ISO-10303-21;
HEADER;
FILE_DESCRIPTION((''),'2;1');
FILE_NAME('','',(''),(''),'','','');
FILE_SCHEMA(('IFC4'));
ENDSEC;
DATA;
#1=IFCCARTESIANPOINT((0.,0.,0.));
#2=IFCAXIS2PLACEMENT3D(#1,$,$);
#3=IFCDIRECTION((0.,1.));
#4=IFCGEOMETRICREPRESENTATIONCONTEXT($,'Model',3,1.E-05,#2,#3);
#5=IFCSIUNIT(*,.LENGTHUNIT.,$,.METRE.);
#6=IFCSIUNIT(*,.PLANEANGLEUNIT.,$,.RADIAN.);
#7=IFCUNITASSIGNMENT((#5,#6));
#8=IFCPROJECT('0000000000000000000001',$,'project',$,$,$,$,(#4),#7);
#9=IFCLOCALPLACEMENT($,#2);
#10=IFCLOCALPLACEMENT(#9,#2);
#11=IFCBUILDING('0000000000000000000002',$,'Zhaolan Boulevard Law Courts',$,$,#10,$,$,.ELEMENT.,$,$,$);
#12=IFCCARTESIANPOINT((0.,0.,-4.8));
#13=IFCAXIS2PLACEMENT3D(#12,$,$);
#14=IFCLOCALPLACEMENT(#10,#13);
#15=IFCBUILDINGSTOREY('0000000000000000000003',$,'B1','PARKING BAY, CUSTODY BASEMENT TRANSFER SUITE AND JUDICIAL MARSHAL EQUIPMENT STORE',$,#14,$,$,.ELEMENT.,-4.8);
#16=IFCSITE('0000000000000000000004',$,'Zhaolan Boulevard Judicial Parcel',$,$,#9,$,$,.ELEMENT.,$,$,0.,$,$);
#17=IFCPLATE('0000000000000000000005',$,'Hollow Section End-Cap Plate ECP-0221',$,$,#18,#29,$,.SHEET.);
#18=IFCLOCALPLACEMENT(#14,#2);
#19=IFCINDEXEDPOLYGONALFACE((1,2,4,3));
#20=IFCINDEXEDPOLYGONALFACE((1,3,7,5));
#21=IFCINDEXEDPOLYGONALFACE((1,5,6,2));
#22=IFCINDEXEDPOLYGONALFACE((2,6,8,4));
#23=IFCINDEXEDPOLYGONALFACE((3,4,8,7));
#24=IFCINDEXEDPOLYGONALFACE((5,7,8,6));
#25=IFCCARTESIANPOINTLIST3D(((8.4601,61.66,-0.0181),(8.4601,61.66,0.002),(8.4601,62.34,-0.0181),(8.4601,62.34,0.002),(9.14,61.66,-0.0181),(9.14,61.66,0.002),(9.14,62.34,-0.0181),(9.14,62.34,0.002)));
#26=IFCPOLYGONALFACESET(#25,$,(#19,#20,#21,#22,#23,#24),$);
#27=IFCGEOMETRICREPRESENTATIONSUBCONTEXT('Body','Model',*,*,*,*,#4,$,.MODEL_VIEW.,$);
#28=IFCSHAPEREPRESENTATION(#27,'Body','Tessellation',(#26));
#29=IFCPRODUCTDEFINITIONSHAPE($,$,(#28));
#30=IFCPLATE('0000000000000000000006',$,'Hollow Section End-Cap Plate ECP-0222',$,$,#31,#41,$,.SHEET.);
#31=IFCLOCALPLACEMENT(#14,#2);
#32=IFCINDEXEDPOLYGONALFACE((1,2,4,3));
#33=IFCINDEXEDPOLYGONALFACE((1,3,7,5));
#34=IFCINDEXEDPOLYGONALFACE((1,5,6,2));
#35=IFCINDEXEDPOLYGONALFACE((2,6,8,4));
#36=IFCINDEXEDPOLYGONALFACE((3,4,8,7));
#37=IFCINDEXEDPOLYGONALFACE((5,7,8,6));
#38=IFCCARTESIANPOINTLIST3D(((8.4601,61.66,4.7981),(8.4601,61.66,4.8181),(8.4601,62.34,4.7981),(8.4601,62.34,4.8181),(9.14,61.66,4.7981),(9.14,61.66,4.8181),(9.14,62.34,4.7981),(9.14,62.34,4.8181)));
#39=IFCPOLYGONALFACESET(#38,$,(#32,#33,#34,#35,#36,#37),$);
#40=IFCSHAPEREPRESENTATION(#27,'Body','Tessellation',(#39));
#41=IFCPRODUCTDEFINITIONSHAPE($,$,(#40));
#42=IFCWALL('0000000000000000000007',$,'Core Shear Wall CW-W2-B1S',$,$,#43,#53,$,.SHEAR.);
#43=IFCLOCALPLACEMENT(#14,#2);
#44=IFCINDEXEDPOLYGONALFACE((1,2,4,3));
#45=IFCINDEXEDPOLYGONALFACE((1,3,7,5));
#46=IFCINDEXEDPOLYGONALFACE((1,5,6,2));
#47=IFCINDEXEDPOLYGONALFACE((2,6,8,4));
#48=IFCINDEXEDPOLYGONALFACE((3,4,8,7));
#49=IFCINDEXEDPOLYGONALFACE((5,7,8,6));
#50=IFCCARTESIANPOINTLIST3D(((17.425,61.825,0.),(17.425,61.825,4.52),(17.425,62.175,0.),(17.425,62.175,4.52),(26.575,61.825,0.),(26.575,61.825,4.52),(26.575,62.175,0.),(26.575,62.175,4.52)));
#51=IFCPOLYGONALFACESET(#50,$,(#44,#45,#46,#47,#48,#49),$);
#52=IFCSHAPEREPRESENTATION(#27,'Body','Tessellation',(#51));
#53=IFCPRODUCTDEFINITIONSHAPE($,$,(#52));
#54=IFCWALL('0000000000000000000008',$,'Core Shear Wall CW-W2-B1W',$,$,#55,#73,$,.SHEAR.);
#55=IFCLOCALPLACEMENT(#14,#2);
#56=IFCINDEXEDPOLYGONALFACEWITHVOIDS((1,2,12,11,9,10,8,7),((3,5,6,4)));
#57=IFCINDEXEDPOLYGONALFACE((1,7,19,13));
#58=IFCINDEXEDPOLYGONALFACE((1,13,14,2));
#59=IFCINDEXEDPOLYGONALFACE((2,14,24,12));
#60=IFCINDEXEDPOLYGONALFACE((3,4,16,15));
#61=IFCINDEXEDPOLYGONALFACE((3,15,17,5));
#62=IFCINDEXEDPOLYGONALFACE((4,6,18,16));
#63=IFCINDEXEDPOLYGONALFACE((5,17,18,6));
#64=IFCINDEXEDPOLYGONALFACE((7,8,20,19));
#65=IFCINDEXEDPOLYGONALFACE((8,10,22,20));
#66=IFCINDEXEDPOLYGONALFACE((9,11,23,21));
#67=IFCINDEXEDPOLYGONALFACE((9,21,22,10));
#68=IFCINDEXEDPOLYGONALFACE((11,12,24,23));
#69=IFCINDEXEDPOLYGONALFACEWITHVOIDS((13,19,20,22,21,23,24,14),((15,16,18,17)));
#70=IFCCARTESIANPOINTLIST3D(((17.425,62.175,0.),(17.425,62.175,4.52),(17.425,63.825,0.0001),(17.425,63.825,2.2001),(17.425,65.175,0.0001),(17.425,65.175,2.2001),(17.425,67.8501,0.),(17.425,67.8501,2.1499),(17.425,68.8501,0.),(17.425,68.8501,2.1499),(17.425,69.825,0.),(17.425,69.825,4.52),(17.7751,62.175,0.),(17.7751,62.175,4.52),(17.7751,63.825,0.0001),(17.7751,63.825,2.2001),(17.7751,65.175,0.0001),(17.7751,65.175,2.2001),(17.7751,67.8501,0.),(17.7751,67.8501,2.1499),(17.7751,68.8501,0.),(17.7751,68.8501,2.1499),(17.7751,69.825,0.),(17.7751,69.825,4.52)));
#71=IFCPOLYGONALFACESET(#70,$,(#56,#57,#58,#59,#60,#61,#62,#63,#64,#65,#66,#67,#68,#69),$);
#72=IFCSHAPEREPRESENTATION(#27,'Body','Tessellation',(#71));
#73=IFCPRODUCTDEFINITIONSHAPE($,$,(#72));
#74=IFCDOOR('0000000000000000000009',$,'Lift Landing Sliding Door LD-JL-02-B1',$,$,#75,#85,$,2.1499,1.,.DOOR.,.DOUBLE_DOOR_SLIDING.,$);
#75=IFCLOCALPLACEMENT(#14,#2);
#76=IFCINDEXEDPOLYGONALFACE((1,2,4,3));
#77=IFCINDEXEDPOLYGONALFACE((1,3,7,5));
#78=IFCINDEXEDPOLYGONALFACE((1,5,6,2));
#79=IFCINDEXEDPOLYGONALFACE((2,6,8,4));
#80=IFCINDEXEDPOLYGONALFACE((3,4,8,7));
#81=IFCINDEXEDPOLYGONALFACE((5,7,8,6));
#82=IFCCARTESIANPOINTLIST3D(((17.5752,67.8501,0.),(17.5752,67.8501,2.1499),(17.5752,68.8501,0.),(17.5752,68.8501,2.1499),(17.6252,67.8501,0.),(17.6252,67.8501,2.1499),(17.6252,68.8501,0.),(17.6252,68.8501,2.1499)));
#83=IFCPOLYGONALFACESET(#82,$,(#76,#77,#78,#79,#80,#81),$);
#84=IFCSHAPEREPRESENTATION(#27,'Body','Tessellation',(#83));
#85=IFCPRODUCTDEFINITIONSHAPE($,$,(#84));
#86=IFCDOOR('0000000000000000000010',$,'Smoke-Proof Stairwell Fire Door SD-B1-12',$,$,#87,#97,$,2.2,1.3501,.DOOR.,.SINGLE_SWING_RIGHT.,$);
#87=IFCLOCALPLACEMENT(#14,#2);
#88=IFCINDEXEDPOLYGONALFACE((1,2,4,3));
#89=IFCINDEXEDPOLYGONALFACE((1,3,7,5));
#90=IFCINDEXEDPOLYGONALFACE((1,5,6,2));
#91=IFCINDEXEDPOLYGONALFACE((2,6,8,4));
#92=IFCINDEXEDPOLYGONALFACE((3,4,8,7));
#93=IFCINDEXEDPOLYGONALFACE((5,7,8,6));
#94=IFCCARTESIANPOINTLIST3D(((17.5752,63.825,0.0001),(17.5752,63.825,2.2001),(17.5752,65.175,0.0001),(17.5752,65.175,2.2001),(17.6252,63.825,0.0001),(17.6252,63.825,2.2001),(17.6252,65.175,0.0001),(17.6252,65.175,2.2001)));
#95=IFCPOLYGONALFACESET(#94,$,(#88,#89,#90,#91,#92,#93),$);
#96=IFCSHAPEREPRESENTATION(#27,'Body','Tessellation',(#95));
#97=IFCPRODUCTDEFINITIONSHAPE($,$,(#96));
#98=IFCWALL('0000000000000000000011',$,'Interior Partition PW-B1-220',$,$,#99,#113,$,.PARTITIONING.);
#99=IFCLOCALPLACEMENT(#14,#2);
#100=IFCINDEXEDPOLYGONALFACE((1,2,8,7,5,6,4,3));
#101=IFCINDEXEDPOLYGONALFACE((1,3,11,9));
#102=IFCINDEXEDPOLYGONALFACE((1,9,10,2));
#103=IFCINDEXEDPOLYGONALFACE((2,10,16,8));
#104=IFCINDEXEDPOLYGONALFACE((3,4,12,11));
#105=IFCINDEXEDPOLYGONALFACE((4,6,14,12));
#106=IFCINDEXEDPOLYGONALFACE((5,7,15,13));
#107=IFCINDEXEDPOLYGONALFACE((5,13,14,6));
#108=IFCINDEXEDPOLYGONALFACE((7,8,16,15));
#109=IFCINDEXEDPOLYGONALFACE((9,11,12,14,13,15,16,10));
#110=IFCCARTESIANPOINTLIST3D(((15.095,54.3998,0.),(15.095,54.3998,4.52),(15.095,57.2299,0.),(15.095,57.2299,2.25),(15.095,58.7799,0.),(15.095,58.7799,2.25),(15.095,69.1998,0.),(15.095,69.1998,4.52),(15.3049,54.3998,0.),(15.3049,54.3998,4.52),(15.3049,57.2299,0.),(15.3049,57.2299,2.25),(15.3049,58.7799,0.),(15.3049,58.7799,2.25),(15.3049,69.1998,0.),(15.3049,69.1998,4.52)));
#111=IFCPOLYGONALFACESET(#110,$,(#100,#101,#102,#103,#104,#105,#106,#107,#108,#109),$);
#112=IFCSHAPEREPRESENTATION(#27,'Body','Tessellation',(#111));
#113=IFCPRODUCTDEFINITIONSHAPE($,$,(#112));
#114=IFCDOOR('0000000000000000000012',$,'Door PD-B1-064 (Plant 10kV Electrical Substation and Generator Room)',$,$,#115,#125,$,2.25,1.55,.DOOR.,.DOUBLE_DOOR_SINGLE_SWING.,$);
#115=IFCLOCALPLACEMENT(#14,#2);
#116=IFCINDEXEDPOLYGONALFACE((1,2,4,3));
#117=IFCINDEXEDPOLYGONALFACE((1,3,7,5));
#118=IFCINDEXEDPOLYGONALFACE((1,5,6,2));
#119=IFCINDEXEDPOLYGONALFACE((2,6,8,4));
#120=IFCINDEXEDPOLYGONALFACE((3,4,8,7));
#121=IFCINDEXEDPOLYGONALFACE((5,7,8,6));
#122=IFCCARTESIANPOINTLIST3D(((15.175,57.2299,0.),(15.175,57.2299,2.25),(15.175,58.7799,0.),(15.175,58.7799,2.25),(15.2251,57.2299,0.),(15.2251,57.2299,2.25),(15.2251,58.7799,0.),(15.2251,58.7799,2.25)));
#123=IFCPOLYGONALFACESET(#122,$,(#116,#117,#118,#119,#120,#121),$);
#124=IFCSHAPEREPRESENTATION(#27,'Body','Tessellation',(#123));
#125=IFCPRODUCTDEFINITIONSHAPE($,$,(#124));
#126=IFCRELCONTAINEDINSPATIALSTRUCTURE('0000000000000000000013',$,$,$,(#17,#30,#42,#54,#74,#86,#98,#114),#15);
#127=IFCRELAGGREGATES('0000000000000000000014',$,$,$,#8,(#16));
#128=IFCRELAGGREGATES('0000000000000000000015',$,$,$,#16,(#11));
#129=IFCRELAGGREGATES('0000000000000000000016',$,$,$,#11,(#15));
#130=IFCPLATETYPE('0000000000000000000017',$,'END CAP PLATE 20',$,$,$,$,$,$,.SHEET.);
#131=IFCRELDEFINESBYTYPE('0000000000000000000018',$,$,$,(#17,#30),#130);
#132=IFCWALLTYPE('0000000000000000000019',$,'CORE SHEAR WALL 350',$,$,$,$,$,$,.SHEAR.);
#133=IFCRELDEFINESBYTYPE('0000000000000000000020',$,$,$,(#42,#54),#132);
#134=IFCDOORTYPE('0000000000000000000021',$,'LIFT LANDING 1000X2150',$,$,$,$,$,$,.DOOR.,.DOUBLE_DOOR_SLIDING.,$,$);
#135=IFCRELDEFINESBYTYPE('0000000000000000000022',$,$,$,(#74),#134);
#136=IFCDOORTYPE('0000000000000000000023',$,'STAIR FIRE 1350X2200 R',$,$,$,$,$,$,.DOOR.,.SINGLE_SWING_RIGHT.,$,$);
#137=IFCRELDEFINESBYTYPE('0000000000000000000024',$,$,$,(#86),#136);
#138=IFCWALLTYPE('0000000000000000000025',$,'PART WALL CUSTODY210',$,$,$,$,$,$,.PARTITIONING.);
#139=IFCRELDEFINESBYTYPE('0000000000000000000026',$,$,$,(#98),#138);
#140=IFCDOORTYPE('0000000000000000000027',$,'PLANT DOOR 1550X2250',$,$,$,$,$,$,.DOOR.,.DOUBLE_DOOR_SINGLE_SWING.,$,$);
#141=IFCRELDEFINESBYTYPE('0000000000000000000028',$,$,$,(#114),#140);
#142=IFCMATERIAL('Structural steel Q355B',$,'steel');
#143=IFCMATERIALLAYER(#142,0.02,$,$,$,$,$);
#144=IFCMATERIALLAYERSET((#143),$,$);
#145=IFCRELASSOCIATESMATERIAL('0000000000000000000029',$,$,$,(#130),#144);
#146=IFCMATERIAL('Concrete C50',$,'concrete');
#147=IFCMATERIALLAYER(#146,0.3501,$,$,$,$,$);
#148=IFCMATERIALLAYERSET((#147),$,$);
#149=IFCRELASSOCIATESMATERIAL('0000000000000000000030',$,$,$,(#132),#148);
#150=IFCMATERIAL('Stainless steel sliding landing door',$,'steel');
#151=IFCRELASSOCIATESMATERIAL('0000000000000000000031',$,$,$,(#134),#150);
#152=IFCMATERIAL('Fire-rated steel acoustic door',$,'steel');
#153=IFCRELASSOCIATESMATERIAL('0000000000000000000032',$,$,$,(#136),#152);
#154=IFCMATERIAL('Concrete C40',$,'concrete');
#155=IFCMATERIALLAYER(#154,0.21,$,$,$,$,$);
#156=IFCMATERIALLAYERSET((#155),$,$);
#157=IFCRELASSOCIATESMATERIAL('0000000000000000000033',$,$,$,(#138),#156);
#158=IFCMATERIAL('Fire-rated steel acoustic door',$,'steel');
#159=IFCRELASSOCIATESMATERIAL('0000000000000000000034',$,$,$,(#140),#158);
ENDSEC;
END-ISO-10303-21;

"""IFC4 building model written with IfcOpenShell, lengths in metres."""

from ifc_helpers import new_model, si_unit, direction, frame, frame_2d, origin, origin_2d, place, context, subcontext, project, spatial, rectangle, extrude, material, layer, layer_set, type_object, element, fill, save


model = new_model("IFC4")

# Units and contexts
model_context = context("Model", 3, precision=1e-05, world=origin(), true_north=direction((0.0, 1.0)))
body_context = subcontext(model_context, "Body", "Model", "MODEL_VIEW")
ifc_project = project(units=[si_unit("LENGTHUNIT", "METRE"), si_unit("PLANEANGLEUNIT", "RADIAN")], contexts=[model_context])

# Site, building, storey
site_placement = place(None, origin())
site = spatial("IfcSite", under=ifc_project, at=site_placement, Name="Zhaolan Boulevard Judicial Parcel", CompositionType="ELEMENT", RefElevation=0.0)
building_placement = place(site_placement, origin())
building = spatial("IfcBuilding", under=site, at=building_placement, Name="Zhaolan Boulevard Law Courts", CompositionType="ELEMENT")
storey_placement = place(building_placement, frame((0.0, 0.0, -4.8)))
storey = spatial("IfcBuildingStorey", under=building, at=storey_placement, Name="B1", Description="PARKING BAY, CUSTODY BASEMENT TRANSFER SUITE AND JUDICIAL MARSHAL EQUIPMENT STORE", CompositionType="ELEMENT", Elevation=-4.8)

# Plates
ifc_material_1 = material(Name="Structural steel Q355B", Category="steel")
ifc_layer_1 = layer(ifc_material_1, 0.02)
ifc_layer_set_1 = layer_set([ifc_layer_1])
plate_type = type_object("IfcPlateType", Name="END CAP PLATE 20", PredefinedType="SHEET", material=ifc_layer_set_1)
for number, where, z_axis, x_axis, name in (
    (1, (8.8, 62.0, -0.0181), (0.0, 0.0, 1.0), (1.0, 0.0, 0.0), "Hollow Section End-Cap Plate ECP-0221"),
    (2, (8.8, 62.0, 4.7981), (0.0, 0.0, 1.0), (1.0, 0.0, 0.0), "Hollow Section End-Cap Plate ECP-0222"),
):
    element("IfcPlate", number, at=place(storey_placement, frame(where, z_axis=z_axis, x_axis=x_axis)), inside=storey, type_object=plate_type, Name=name, PredefinedType="SHEET", context=body_context, shape_type="SweptSolid", body=[
        extrude(rectangle(XDim=0.6799, YDim=0.6799, at=origin_2d()), origin(), (0.0, 0.0, 1.0), 0.02),
    ])

# Wall
ifc_material_2 = material(Name="Concrete C50", Category="concrete")
ifc_layer_2 = layer(ifc_material_2, 0.3501)
ifc_layer_set_2 = layer_set([ifc_layer_2])
wall_type_1 = type_object("IfcWallType", Name="CORE SHEAR WALL 350", PredefinedType="SHEAR", material=ifc_layer_set_2)
wall_1_placement = place(storey_placement, frame((17.425, 62.0, 0.0), z_axis=(0.0, 0.0, 1.0), x_axis=(1.0, 0.0, 0.0)))
element("IfcWall", 3, at=wall_1_placement, inside=storey, type_object=wall_type_1, Name="Core Shear Wall CW-W2-B1S", PredefinedType="SHEAR", context=body_context, shape_type="SweptSolid", body=[
    extrude(rectangle(XDim=9.1499, YDim=0.3501, at=frame_2d((4.575, 0.0))), origin(), (0.0, 0.0, 1.0), 4.52),
])

# Wall, openings, doors
wall_2_placement = place(storey_placement, frame((17.6001, 62.175, 0.0), z_axis=(0.0, 0.0, 1.0), x_axis=(0.0, 1.0, 0.0)))
wall_2 = element("IfcWall", 4, at=wall_2_placement, inside=storey, type_object=wall_type_1, Name="Core Shear Wall CW-W2-B1W", PredefinedType="SHEAR", context=body_context, shape_type="SweptSolid", body=[
    extrude(rectangle(XDim=7.6499, YDim=0.3501, at=frame_2d((3.825, 0.0))), origin(), (0.0, 0.0, 1.0), 4.52),
])
opening_1_placement = place(wall_2_placement, frame((1.6499, 0.0, 0.0)))
opening_1 = element("IfcOpeningElement", 5, at=opening_1_placement, cuts=wall_2, PredefinedType="OPENING", context=body_context, shape_type="SweptSolid", body=[
    extrude(rectangle(XDim=1.3501, YDim=2.2, at=frame_2d((0.675, 1.1001))), frame((0.0, 0.1851, 0.0), z_axis=(0.0, -1.0, 0.0), x_axis=(1.0, 0.0, 0.0)), (0.0, 0.0, 1.0), 0.3701),
])
opening_2_placement = place(wall_2_placement, frame((5.675, 0.0, 0.0)))
opening_2 = element("IfcOpeningElement", 6, at=opening_2_placement, cuts=wall_2, PredefinedType="OPENING", context=body_context, shape_type="SweptSolid", body=[
    extrude(rectangle(XDim=1.0, YDim=2.1499, at=frame_2d((0.5, 1.075))), frame((0.0, 0.1851, 0.0), z_axis=(0.0, -1.0, 0.0), x_axis=(1.0, 0.0, 0.0)), (0.0, 0.0, 1.0), 0.3701),
])
ifc_material_3 = material(Name="Stainless steel sliding landing door", Category="steel")
door_type_1 = type_object("IfcDoorType", Name="LIFT LANDING 1000X2150", OperationType="DOUBLE_DOOR_SLIDING", PredefinedType="DOOR", material=ifc_material_3)
door_1_placement = place(opening_2_placement, origin())
door_1 = element("IfcDoor", 7, at=door_1_placement, inside=storey, type_object=door_type_1, Name="Lift Landing Sliding Door LD-JL-02-B1", OperationType="DOUBLE_DOOR_SLIDING", OverallHeight=2.1499, OverallWidth=1.0, PredefinedType="DOOR", context=body_context, shape_type="SweptSolid", body=[
    extrude(rectangle(XDim=1.0, YDim=2.1499, at=frame_2d((0.5, 1.075))), frame((0.0, 0.0249, 0.0), z_axis=(0.0, -1.0, 0.0), x_axis=(1.0, 0.0, 0.0)), (0.0, 0.0, 1.0), 0.05),
])
fill(opening_2, door_1)
ifc_material_4 = material(Name="Fire-rated steel acoustic door", Category="steel")
door_type_2 = type_object("IfcDoorType", Name="STAIR FIRE 1350X2200 R", OperationType="SINGLE_SWING_RIGHT", PredefinedType="DOOR", material=ifc_material_4)
door_2_placement = place(opening_1_placement, origin())
door_2 = element("IfcDoor", 8, at=door_2_placement, inside=storey, type_object=door_type_2, Name="Smoke-Proof Stairwell Fire Door SD-B1-12", OperationType="SINGLE_SWING_RIGHT", OverallHeight=2.2, OverallWidth=1.3501, PredefinedType="DOOR", context=body_context, shape_type="SweptSolid", body=[
    extrude(rectangle(XDim=1.3501, YDim=2.2, at=frame_2d((0.675, 1.1001))), frame((0.0, 0.0249, 0.0), z_axis=(0.0, -1.0, 0.0), x_axis=(1.0, 0.0, 0.0)), (0.0, 0.0, 1.0), 0.05),
])
fill(opening_1, door_2)

# Wall, opening, door
ifc_material_5 = material(Name="Concrete C40", Category="concrete")
ifc_layer_3 = layer(ifc_material_5, 0.21)
ifc_layer_set_3 = layer_set([ifc_layer_3])
wall_type_2 = type_object("IfcWallType", Name="PART WALL CUSTODY210", PredefinedType="PARTITIONING", material=ifc_layer_set_3)
wall_3_placement = place(storey_placement, frame((15.2, 54.3999, 0.0), z_axis=(0.0, 0.0, 1.0), x_axis=(0.0, 1.0, 0.0)))
wall_3 = element("IfcWall", 9, at=wall_3_placement, inside=storey, type_object=wall_type_2, Name="Interior Partition PW-B1-220", PredefinedType="PARTITIONING", context=body_context, shape_type="SweptSolid", body=[
    extrude(rectangle(XDim=14.8, YDim=0.21, at=frame_2d((7.3999, 0.0))), origin(), (0.0, 0.0, 1.0), 4.52),
])
opening_3_placement = place(wall_3_placement, frame((2.8301, 0.0, 0.0)))
opening_3 = element("IfcOpeningElement", 10, at=opening_3_placement, cuts=wall_3, PredefinedType="OPENING", context=body_context, shape_type="SweptSolid", body=[
    extrude(rectangle(XDim=1.55, YDim=2.25, at=frame_2d((0.7749, 1.125))), frame((0.0, 0.115, 0.0), z_axis=(0.0, -1.0, 0.0), x_axis=(1.0, 0.0, 0.0)), (0.0, 0.0, 1.0), 0.23),
])
ifc_material_6 = material(Name="Fire-rated steel acoustic door", Category="steel")
door_type_3 = type_object("IfcDoorType", Name="PLANT DOOR 1550X2250", OperationType="DOUBLE_DOOR_SINGLE_SWING", PredefinedType="DOOR", material=ifc_material_6)
door_3_placement = place(opening_3_placement, origin())
door_3 = element("IfcDoor", 11, at=door_3_placement, inside=storey, type_object=door_type_3, Name="Door PD-B1-064 (Plant 10kV Electrical Substation and Generator Room)", OperationType="DOUBLE_DOOR_SINGLE_SWING", OverallHeight=2.25, OverallWidth=1.55, PredefinedType="DOOR", context=body_context, shape_type="SweptSolid", body=[
    extrude(rectangle(XDim=1.55, YDim=2.25, at=frame_2d((0.7749, 1.125))), frame((0.0, 0.0249, 0.0), z_axis=(0.0, -1.0, 0.0), x_axis=(1.0, 0.0, 0.0)), (0.0, 0.0, 1.0), 0.05),
])
fill(opening_3, door_3)

save(model, "model.ifc")
